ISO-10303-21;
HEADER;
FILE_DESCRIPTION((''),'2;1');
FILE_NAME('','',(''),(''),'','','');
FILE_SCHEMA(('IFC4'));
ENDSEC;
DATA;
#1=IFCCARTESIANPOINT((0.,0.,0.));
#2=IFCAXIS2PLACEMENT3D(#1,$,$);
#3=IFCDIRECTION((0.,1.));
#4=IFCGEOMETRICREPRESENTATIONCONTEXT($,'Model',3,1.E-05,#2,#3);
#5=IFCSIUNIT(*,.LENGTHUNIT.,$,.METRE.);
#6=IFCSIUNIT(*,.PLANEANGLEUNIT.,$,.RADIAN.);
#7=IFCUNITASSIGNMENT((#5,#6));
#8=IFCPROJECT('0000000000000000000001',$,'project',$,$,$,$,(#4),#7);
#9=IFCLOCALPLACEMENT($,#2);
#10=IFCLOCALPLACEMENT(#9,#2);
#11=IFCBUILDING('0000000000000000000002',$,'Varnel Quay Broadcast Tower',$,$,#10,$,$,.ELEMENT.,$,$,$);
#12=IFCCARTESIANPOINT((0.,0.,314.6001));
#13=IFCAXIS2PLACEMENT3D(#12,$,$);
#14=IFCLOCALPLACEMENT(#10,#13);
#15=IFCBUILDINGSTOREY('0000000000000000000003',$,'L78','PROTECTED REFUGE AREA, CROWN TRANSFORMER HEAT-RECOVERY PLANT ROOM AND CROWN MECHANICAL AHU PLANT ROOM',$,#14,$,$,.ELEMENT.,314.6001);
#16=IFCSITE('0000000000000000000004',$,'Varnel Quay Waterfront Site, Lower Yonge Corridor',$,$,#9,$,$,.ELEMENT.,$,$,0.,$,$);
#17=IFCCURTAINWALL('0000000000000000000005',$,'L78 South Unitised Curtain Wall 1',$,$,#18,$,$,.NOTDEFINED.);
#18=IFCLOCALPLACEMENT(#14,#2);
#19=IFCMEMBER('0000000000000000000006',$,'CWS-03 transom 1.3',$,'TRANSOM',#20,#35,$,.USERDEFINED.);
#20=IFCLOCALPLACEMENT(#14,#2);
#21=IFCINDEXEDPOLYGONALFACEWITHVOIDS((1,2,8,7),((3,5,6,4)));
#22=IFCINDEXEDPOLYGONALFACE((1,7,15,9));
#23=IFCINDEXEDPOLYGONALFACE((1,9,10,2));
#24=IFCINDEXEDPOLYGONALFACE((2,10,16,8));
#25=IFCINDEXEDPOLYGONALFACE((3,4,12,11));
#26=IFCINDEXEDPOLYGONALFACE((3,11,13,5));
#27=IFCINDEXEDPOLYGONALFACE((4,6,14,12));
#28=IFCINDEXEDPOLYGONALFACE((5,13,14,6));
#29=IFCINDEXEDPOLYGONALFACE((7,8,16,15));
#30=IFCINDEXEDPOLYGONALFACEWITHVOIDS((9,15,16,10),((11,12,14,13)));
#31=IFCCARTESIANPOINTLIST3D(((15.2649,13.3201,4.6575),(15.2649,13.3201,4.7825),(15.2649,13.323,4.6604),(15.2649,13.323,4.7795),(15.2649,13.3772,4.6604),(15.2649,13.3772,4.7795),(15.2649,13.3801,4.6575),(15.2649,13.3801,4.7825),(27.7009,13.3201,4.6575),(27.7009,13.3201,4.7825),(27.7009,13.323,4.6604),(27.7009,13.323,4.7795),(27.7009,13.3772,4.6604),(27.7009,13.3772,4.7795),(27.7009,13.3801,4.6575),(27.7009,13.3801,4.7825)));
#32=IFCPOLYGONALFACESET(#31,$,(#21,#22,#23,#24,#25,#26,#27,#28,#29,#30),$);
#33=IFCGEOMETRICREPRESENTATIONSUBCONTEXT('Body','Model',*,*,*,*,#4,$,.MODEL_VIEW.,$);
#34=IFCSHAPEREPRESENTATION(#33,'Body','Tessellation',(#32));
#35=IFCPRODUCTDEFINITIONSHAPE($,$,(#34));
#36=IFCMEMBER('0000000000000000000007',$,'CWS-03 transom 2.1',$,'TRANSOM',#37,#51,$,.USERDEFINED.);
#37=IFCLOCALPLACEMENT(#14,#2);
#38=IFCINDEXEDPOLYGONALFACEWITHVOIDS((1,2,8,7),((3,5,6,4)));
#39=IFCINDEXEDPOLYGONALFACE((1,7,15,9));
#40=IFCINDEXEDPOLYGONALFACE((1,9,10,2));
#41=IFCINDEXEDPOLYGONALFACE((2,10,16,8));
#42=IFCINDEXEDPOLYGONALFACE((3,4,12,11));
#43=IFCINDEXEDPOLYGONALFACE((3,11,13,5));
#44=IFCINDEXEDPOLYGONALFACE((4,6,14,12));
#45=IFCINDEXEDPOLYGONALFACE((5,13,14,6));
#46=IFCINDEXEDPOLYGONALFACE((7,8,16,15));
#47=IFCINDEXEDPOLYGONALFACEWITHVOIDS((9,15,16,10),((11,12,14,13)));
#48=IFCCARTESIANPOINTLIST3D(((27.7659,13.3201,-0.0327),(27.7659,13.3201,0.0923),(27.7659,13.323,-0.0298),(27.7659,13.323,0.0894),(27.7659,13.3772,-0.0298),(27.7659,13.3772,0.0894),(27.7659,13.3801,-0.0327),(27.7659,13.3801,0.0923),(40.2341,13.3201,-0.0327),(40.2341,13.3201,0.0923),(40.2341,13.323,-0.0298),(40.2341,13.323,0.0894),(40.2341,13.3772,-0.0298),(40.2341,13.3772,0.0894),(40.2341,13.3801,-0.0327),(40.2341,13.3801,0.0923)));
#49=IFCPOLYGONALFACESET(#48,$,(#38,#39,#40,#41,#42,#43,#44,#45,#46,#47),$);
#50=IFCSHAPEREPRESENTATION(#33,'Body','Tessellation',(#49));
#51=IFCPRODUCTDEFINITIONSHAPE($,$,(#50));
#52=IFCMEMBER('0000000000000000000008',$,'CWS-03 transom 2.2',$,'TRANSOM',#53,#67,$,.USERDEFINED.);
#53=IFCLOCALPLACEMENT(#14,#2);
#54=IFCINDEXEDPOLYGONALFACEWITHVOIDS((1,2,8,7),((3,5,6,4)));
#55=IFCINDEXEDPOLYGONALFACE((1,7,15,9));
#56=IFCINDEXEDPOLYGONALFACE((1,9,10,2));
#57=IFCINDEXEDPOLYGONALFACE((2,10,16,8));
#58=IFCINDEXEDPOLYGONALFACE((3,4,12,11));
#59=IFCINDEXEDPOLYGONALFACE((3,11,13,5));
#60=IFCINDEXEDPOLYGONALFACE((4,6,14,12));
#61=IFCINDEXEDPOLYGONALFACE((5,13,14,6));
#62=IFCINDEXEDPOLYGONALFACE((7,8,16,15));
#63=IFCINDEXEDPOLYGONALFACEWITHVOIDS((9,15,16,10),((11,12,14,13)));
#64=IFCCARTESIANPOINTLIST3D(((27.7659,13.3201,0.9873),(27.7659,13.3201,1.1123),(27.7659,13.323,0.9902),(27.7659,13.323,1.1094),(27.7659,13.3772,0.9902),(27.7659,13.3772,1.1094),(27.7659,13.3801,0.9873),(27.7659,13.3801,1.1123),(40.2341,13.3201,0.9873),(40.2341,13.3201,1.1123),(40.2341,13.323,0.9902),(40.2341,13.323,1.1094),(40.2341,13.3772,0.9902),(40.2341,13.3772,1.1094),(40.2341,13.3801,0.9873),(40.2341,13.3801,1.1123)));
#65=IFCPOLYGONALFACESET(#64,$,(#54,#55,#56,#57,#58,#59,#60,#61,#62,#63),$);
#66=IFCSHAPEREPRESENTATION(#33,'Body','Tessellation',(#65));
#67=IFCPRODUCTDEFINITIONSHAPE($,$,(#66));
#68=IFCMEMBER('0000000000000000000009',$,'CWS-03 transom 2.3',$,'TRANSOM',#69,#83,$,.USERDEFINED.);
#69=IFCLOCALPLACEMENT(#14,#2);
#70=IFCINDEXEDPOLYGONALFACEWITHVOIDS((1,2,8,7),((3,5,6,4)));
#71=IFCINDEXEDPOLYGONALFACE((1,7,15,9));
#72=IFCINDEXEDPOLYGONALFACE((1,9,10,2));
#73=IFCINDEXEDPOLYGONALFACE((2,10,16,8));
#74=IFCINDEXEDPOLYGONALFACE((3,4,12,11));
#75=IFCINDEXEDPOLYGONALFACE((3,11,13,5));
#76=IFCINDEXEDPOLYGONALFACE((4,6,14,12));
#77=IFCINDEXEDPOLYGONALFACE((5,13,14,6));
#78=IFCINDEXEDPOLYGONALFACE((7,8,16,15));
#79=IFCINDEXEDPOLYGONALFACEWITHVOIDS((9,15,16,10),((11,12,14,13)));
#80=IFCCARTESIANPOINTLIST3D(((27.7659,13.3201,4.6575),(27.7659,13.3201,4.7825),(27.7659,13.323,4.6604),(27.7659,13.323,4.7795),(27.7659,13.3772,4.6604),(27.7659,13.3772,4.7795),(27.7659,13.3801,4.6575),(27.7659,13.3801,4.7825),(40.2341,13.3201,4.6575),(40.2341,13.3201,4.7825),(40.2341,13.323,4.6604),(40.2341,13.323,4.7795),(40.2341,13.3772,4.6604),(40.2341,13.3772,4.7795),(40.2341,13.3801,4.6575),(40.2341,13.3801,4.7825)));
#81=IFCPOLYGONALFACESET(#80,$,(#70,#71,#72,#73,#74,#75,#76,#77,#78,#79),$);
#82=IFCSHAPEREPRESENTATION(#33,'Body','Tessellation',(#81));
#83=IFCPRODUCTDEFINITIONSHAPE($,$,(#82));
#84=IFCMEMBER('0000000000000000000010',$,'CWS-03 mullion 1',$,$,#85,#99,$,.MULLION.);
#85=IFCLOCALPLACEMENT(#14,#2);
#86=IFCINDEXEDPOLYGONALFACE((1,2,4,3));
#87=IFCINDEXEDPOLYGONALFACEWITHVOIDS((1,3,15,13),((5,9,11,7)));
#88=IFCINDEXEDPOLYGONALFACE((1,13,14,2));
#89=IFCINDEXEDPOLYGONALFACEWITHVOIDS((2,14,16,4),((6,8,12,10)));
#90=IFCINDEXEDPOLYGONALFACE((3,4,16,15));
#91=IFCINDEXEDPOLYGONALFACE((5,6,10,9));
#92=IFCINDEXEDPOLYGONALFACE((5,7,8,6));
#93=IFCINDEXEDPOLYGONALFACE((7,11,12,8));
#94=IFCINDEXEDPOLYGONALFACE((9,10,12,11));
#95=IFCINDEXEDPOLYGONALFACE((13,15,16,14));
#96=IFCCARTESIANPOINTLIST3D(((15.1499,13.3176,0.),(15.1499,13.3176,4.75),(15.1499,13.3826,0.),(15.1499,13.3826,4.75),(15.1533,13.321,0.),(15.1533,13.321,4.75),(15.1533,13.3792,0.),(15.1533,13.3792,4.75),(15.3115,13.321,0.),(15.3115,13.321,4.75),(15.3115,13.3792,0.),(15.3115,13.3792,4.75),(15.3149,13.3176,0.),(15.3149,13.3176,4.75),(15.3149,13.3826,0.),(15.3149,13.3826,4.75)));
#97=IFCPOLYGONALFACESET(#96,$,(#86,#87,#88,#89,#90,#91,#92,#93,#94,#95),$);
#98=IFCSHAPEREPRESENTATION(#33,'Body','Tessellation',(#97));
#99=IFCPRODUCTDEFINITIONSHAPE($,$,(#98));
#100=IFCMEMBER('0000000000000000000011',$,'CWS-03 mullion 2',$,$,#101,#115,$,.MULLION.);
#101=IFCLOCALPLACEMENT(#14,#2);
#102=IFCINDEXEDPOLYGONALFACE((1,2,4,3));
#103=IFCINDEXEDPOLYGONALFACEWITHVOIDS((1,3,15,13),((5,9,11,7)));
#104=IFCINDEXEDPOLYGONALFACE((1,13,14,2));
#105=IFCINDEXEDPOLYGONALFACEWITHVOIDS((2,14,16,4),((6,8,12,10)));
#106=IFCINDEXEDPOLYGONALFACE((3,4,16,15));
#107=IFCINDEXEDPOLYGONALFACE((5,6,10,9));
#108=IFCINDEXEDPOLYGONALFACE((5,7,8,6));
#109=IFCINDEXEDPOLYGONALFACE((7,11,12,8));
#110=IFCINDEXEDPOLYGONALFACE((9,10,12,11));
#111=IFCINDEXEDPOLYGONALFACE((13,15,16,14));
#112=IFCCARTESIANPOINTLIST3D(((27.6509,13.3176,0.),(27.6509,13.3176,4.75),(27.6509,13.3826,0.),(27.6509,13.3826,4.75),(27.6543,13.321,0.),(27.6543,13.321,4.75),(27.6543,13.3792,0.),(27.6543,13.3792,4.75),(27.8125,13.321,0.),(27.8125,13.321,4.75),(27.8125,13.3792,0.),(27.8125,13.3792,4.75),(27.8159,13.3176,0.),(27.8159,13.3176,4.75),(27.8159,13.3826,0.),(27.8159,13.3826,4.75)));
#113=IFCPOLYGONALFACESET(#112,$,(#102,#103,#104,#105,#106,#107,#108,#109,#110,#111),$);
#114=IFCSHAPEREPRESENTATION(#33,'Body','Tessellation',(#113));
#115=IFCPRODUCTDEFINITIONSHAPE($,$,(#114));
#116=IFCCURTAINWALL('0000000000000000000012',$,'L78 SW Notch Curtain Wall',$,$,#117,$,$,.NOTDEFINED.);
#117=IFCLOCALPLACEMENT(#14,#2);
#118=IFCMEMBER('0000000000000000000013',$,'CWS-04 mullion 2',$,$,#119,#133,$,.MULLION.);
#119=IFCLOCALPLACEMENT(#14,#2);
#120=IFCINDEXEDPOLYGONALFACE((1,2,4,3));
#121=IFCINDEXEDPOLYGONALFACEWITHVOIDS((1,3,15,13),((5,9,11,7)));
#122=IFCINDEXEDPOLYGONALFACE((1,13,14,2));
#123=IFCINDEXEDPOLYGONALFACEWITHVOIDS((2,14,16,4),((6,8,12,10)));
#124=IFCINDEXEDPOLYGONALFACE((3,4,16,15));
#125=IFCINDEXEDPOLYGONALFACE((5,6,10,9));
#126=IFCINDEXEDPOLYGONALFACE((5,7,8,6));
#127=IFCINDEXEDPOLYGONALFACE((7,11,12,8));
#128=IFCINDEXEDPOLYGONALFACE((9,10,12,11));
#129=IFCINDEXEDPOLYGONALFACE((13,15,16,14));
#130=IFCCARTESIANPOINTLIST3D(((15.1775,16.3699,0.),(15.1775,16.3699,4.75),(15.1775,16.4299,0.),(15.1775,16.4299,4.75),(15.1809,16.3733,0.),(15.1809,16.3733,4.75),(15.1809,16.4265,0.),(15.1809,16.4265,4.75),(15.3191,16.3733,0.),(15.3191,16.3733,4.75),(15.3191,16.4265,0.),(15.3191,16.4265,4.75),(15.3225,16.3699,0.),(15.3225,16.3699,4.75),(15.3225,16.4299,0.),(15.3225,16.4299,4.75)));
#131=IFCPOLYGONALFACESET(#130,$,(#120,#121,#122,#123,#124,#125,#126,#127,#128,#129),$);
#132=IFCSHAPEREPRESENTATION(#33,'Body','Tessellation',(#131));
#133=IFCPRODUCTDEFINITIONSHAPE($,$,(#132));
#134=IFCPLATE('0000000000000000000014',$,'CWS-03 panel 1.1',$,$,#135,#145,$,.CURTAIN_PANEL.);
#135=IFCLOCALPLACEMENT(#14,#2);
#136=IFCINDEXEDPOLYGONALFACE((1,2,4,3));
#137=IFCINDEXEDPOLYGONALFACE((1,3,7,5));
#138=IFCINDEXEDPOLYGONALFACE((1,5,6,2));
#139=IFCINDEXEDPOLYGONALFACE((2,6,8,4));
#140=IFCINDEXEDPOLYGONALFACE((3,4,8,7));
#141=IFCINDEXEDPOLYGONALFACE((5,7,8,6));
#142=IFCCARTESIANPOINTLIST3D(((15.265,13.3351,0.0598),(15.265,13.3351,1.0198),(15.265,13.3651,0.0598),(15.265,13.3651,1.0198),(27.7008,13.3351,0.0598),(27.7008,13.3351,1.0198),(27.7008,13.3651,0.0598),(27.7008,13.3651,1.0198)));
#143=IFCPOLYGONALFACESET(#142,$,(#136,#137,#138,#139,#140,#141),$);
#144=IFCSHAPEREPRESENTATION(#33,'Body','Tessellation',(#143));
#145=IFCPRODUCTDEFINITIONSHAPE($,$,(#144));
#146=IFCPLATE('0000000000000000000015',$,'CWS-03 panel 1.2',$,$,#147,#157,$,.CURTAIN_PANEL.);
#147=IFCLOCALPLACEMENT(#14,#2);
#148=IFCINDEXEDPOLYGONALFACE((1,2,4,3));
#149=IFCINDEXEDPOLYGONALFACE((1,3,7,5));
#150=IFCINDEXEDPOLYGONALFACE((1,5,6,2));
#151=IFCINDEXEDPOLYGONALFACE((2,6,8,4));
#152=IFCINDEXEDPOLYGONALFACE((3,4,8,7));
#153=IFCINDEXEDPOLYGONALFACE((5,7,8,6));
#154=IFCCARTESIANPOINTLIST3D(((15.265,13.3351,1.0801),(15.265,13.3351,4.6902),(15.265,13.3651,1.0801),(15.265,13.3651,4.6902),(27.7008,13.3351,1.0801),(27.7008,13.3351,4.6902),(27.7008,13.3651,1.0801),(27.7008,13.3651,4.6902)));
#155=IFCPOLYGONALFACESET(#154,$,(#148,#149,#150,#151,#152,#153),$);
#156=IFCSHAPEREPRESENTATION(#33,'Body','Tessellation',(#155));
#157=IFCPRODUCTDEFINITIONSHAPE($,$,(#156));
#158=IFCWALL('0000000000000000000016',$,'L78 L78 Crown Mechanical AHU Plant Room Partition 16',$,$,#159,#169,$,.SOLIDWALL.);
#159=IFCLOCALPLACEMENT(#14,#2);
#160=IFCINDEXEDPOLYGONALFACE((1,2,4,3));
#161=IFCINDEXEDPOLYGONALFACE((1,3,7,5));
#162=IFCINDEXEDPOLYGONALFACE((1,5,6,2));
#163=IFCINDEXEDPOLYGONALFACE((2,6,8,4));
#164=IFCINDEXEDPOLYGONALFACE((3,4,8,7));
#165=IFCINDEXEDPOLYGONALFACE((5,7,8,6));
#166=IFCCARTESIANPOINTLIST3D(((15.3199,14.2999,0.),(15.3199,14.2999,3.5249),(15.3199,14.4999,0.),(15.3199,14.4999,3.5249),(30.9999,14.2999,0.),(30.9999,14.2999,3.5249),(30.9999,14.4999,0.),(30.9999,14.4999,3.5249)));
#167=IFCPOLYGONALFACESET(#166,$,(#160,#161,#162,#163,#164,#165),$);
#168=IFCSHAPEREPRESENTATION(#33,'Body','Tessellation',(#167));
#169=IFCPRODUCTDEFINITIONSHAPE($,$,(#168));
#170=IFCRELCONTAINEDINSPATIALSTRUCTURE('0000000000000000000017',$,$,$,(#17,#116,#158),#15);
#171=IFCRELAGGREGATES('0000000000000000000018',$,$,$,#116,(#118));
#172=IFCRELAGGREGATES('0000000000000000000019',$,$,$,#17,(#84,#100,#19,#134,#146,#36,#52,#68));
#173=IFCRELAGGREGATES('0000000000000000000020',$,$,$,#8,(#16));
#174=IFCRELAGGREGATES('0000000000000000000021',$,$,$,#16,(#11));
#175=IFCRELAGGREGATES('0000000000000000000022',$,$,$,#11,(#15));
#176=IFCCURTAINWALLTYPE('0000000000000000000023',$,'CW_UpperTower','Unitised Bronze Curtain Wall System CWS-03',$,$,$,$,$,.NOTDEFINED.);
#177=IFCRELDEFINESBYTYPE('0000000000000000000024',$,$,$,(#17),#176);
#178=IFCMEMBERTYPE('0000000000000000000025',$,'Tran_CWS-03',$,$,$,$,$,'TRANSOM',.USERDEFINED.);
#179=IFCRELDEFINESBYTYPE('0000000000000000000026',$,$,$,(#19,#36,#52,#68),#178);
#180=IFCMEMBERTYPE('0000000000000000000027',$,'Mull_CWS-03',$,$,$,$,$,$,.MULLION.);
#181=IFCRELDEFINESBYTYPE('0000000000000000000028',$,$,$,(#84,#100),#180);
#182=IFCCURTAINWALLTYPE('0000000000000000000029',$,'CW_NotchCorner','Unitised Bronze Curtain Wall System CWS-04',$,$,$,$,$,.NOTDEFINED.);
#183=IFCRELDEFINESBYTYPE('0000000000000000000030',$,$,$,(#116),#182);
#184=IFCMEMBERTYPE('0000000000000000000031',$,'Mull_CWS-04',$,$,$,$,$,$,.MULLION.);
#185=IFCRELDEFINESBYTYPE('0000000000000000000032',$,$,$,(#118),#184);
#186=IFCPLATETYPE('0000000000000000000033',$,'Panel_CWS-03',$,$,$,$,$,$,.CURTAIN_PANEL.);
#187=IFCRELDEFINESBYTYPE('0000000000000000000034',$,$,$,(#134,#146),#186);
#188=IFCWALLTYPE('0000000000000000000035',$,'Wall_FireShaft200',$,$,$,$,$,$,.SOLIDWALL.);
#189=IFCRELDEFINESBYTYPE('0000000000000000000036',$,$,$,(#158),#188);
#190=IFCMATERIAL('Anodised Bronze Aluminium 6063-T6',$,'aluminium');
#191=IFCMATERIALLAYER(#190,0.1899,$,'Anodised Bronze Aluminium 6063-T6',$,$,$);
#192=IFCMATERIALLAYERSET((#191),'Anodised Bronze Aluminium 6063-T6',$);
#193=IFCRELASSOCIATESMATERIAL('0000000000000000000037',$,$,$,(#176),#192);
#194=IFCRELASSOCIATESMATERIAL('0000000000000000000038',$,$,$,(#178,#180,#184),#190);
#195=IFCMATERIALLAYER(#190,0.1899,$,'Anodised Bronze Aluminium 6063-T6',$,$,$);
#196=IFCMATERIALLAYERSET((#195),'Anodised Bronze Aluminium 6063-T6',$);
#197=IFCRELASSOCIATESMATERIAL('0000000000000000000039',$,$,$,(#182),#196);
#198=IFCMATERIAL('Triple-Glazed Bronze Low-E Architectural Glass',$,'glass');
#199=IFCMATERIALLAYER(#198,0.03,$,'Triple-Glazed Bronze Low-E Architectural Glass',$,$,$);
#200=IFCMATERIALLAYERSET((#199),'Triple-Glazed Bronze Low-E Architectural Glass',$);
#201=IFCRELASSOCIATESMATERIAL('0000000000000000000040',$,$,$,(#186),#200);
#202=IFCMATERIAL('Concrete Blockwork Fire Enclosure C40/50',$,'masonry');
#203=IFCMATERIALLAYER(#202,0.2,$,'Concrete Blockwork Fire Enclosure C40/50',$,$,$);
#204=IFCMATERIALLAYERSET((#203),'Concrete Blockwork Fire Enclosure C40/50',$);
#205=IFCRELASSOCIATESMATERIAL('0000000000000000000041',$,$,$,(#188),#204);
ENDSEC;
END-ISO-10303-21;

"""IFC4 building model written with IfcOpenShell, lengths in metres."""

from ifc_helpers import new_model, si_unit, direction, frame, frame_2d, origin, origin_2d, place, context, subcontext, project, spatial, rectangle, hollow_rectangle, extrude, source, transform, mapped, material, layer, layer_set, material_profile, profile_set, type_object, type_shapes, element, aggregate, save


model = new_model("IFC4")

# Units and contexts
model_context = context("Model", 3, precision=1e-05, world=origin(), true_north=direction((0.0, 1.0)))
body_context = subcontext(model_context, "Body", "Model", "MODEL_VIEW")
ifc_project = project(units=[si_unit("LENGTHUNIT", "METRE"), si_unit("PLANEANGLEUNIT", "RADIAN")], contexts=[model_context])

# Site, building, storey
site_placement = place(None, origin())
site = spatial("IfcSite", under=ifc_project, at=site_placement, Name="Varnel Quay Waterfront Site, Lower Yonge Corridor", CompositionType="ELEMENT", RefElevation=0.0)
building_placement = place(site_placement, origin())
building = spatial("IfcBuilding", under=site, at=building_placement, Name="Varnel Quay Broadcast Tower", CompositionType="ELEMENT")
storey_placement = place(building_placement, frame((0.0, 0.0, 314.6001)))
storey = spatial("IfcBuildingStorey", under=building, at=storey_placement, Name="L78", Description="PROTECTED REFUGE AREA, CROWN TRANSFORMER HEAT-RECOVERY PLANT ROOM AND CROWN MECHANICAL AHU PLANT ROOM", CompositionType="ELEMENT", Elevation=314.6001)

# Curtain wall, members
ifc_material_1 = material(Name="Anodised Bronze Aluminium 6063-T6", Category="aluminium")
ifc_layer_1 = layer(ifc_material_1, 0.1899, Name="Anodised Bronze Aluminium 6063-T6")
ifc_layer_set_1 = layer_set([ifc_layer_1], Name="Anodised Bronze Aluminium 6063-T6")
curtain_wall_type_1 = type_object("IfcCurtainWallType", Name="CW_UpperTower", Description="Unitised Bronze Curtain Wall System CWS-03", PredefinedType="NOTDEFINED", material=ifc_layer_set_1)
curtain_wall_1_placement = place(storey_placement, origin())
curtain_wall_1 = element("IfcCurtainWall", 1, at=curtain_wall_1_placement, inside=storey, type_object=curtain_wall_type_1, Name="L78 South Unitised Curtain Wall 1", PredefinedType="NOTDEFINED")
ifc_material_profile_1 = material_profile(ifc_material_1, hollow_rectangle(XDim=0.0601, YDim=0.125, WallThickness=0.0029, at=origin_2d()), Name="ALU60X125X3")
ifc_profile_set_1 = profile_set([ifc_material_profile_1], Name="Anodised Bronze Aluminium 6063-T6")
member_type_1 = type_object("IfcMemberType", Name="Tran_CWS-03", ElementType="TRANSOM", PredefinedType="USERDEFINED", material=ifc_profile_set_1)
shared_shape_1 = source(origin(), body_context, "Body", "SweptSolid", [
    extrude(hollow_rectangle(XDim=0.0601, YDim=0.125, WallThickness=0.0029, at=origin_2d()), origin(), (0.0, 0.0, 1.0), 12.436),
])
member_1_placement = place(storey_placement, frame((15.2649, 13.3501, 4.72), z_axis=(1.0, 0.0, 0.0), x_axis=(0.0, 1.0, 0.0)))
member_1 = element("IfcMember", 2, at=member_1_placement, type_object=member_type_1, Name="CWS-03 transom 1.3", ObjectType="TRANSOM", PredefinedType="USERDEFINED", context=body_context, shape_type="MappedRepresentation", body=[
    mapped(shared_shape_1, transform((0.0, 0.0, 0.0), x_axis=(1.0, 0.0, 0.0), y_axis=(0.0, 1.0, 0.0), z_axis=(0.0, 0.0, 1.0), scale=1.0)),
])
shared_shape_2 = source(origin(), body_context, "Body", "SweptSolid", [
    extrude(hollow_rectangle(XDim=0.0601, YDim=0.125, WallThickness=0.0029, at=origin_2d()), origin(), (0.0, 0.0, 1.0), 12.4683),
])
type_shapes(member_type_1, [shared_shape_1, shared_shape_2])
member_2_placement = place(storey_placement, frame((27.7659, 13.3501, 0.0298), z_axis=(1.0, 0.0, 0.0), x_axis=(0.0, 1.0, 0.0)))
member_2 = element("IfcMember", 3, at=member_2_placement, type_object=member_type_1, Name="CWS-03 transom 2.1", ObjectType="TRANSOM", PredefinedType="USERDEFINED", context=body_context, shape_type="MappedRepresentation", body=[
    mapped(shared_shape_2, transform((0.0, 0.0, 0.0), x_axis=(1.0, 0.0, 0.0), y_axis=(0.0, 1.0, 0.0), z_axis=(0.0, 0.0, 1.0), scale=1.0)),
])
member_3_placement = place(storey_placement, frame((27.7659, 13.3501, 1.0498), z_axis=(1.0, 0.0, 0.0), x_axis=(0.0, 1.0, 0.0)))
member_3 = element("IfcMember", 4, at=member_3_placement, type_object=member_type_1, Name="CWS-03 transom 2.2", ObjectType="TRANSOM", PredefinedType="USERDEFINED", context=body_context, shape_type="MappedRepresentation", body=[
    mapped(shared_shape_2, transform((0.0, 0.0, 0.0), x_axis=(1.0, 0.0, 0.0), y_axis=(0.0, 1.0, 0.0), z_axis=(0.0, 0.0, 1.0), scale=1.0)),
])
member_4_placement = place(storey_placement, frame((27.7659, 13.3501, 4.72), z_axis=(1.0, 0.0, 0.0), x_axis=(0.0, 1.0, 0.0)))
member_4 = element("IfcMember", 5, at=member_4_placement, type_object=member_type_1, Name="CWS-03 transom 2.3", ObjectType="TRANSOM", PredefinedType="USERDEFINED", context=body_context, shape_type="MappedRepresentation", body=[
    mapped(shared_shape_2, transform((0.0, 0.0, 0.0), x_axis=(1.0, 0.0, 0.0), y_axis=(0.0, 1.0, 0.0), z_axis=(0.0, 0.0, 1.0), scale=1.0)),
])
ifc_material_profile_2 = material_profile(ifc_material_1, hollow_rectangle(XDim=0.0649, YDim=0.165, WallThickness=0.0034, at=origin_2d()), Name="ALU65X165X3.5")
ifc_profile_set_2 = profile_set([ifc_material_profile_2], Name="Anodised Bronze Aluminium 6063-T6")
member_type_2 = type_object("IfcMemberType", Name="Mull_CWS-03", PredefinedType="MULLION", material=ifc_profile_set_2)
shared_shape_3 = source(origin(), body_context, "Body", "SweptSolid", [
    extrude(hollow_rectangle(XDim=0.0649, YDim=0.165, WallThickness=0.0034, at=origin_2d()), origin(), (0.0, 0.0, 1.0), 4.75),
])
type_shapes(member_type_2, [shared_shape_3])
member_5_placement = place(storey_placement, frame((15.2324, 13.3501, 0.0), z_axis=(0.0, 0.0, 1.0), x_axis=(0.0, 1.0, 0.0)))
member_5 = element("IfcMember", 6, at=member_5_placement, type_object=member_type_2, Name="CWS-03 mullion 1", PredefinedType="MULLION", context=body_context, shape_type="MappedRepresentation", body=[
    mapped(shared_shape_3, transform((0.0, 0.0, 0.0), x_axis=(1.0, 0.0, 0.0), y_axis=(0.0, 1.0, 0.0), z_axis=(0.0, 0.0, 1.0), scale=1.0)),
])
member_6_placement = place(storey_placement, frame((27.7334, 13.3501, 0.0), z_axis=(0.0, 0.0, 1.0), x_axis=(0.0, 1.0, 0.0)))
member_6 = element("IfcMember", 7, at=member_6_placement, type_object=member_type_2, Name="CWS-03 mullion 2", PredefinedType="MULLION", context=body_context, shape_type="MappedRepresentation", body=[
    mapped(shared_shape_3, transform((0.0, 0.0, 0.0), x_axis=(1.0, 0.0, 0.0), y_axis=(0.0, 1.0, 0.0), z_axis=(0.0, 0.0, 1.0), scale=1.0)),
])

# Curtain wall, member
ifc_layer_2 = layer(ifc_material_1, 0.1899, Name="Anodised Bronze Aluminium 6063-T6")
ifc_layer_set_2 = layer_set([ifc_layer_2], Name="Anodised Bronze Aluminium 6063-T6")
curtain_wall_type_2 = type_object("IfcCurtainWallType", Name="CW_NotchCorner", Description="Unitised Bronze Curtain Wall System CWS-04", PredefinedType="NOTDEFINED", material=ifc_layer_set_2)
curtain_wall_2_placement = place(storey_placement, origin())
curtain_wall_2 = element("IfcCurtainWall", 8, at=curtain_wall_2_placement, inside=storey, type_object=curtain_wall_type_2, Name="L78 SW Notch Curtain Wall", PredefinedType="NOTDEFINED")
ifc_material_profile_3 = material_profile(ifc_material_1, hollow_rectangle(XDim=0.0601, YDim=0.145, WallThickness=0.0034, at=origin_2d()), Name="ALU60X145X3.5")
ifc_profile_set_3 = profile_set([ifc_material_profile_3], Name="Anodised Bronze Aluminium 6063-T6")
member_type_3 = type_object("IfcMemberType", Name="Mull_CWS-04", PredefinedType="MULLION", material=ifc_profile_set_3)
shared_shape_4 = source(origin(), body_context, "Body", "SweptSolid", [
    extrude(hollow_rectangle(XDim=0.0601, YDim=0.145, WallThickness=0.0034, at=origin_2d()), origin(), (0.0, 0.0, 1.0), 4.75),
])
type_shapes(member_type_3, [shared_shape_4])
member_7_placement = place(storey_placement, frame((15.25, 16.3999, 0.0), z_axis=(0.0, 0.0, 1.0), x_axis=(0.0, 1.0, 0.0)))
member_7 = element("IfcMember", 9, at=member_7_placement, type_object=member_type_3, Name="CWS-04 mullion 2", PredefinedType="MULLION", context=body_context, shape_type="MappedRepresentation", body=[
    mapped(shared_shape_4, transform((0.0, 0.0, 0.0), x_axis=(1.0, 0.0, 0.0), y_axis=(0.0, 1.0, 0.0), z_axis=(0.0, 0.0, 1.0), scale=1.0)),
])
aggregate(curtain_wall_2, [member_7])

# Plates
ifc_material_2 = material(Name="Triple-Glazed Bronze Low-E Architectural Glass", Category="glass")
ifc_layer_3 = layer(ifc_material_2, 0.03, Name="Triple-Glazed Bronze Low-E Architectural Glass")
ifc_layer_set_3 = layer_set([ifc_layer_3], Name="Triple-Glazed Bronze Low-E Architectural Glass")
plate_type = type_object("IfcPlateType", Name="Panel_CWS-03", PredefinedType="CURTAIN_PANEL", material=ifc_layer_set_3)
shared_shape_5 = source(origin(), body_context, "Body", "SweptSolid", [
    extrude(rectangle(XDim=12.4358, YDim=0.03, at=origin_2d()), origin(), (0.0, 0.0, 1.0), 0.96),
])
plate_1_placement = place(storey_placement, frame((21.4829, 13.3501, 0.0598), z_axis=(0.0, 0.0, 1.0), x_axis=(1.0, 0.0, 0.0)))
plate_1 = element("IfcPlate", 10, at=plate_1_placement, type_object=plate_type, Name="CWS-03 panel 1.1", PredefinedType="CURTAIN_PANEL", context=body_context, shape_type="MappedRepresentation", body=[
    mapped(shared_shape_5, transform((0.0, 0.0, 0.0), x_axis=(1.0, 0.0, 0.0), y_axis=(0.0, 1.0, 0.0), z_axis=(0.0, 0.0, 1.0), scale=1.0)),
])
shared_shape_6 = source(origin(), body_context, "Body", "SweptSolid", [
    extrude(rectangle(XDim=12.4358, YDim=0.03, at=origin_2d()), origin(), (0.0, 0.0, 1.0), 3.6101),
])
type_shapes(plate_type, [shared_shape_5, shared_shape_6])
plate_2_placement = place(storey_placement, frame((21.4829, 13.3501, 1.0801), z_axis=(0.0, 0.0, 1.0), x_axis=(1.0, 0.0, 0.0)))
plate_2 = element("IfcPlate", 11, at=plate_2_placement, type_object=plate_type, Name="CWS-03 panel 1.2", PredefinedType="CURTAIN_PANEL", context=body_context, shape_type="MappedRepresentation", body=[
    mapped(shared_shape_6, transform((0.0, 0.0, 0.0), x_axis=(1.0, 0.0, 0.0), y_axis=(0.0, 1.0, 0.0), z_axis=(0.0, 0.0, 1.0), scale=1.0)),
])
aggregate(curtain_wall_1, [member_5, member_6, member_1, plate_1, plate_2, member_2, member_3, member_4])

# Wall
ifc_material_3 = material(Name="Concrete Blockwork Fire Enclosure C40/50", Category="masonry")
ifc_layer_4 = layer(ifc_material_3, 0.2, Name="Concrete Blockwork Fire Enclosure C40/50")
ifc_layer_set_4 = layer_set([ifc_layer_4], Name="Concrete Blockwork Fire Enclosure C40/50")
wall_type = type_object("IfcWallType", Name="Wall_FireShaft200", PredefinedType="SOLIDWALL", material=ifc_layer_set_4)
wall_1_placement = place(storey_placement, frame((15.3201, 14.3999, 0.0), z_axis=(0.0, 0.0, 1.0), x_axis=(1.0, 0.0, 0.0)))
element("IfcWall", 12, at=wall_1_placement, inside=storey, type_object=wall_type, Name="L78 L78 Crown Mechanical AHU Plant Room Partition 16", PredefinedType="SOLIDWALL", context=body_context, shape_type="SweptSolid", body=[
    extrude(rectangle(XDim=15.6799, YDim=0.2, at=frame_2d((7.8398, 0.0))), origin(), (0.0, 0.0, 1.0), 3.5249),
])

save(model, "model.ifc")
